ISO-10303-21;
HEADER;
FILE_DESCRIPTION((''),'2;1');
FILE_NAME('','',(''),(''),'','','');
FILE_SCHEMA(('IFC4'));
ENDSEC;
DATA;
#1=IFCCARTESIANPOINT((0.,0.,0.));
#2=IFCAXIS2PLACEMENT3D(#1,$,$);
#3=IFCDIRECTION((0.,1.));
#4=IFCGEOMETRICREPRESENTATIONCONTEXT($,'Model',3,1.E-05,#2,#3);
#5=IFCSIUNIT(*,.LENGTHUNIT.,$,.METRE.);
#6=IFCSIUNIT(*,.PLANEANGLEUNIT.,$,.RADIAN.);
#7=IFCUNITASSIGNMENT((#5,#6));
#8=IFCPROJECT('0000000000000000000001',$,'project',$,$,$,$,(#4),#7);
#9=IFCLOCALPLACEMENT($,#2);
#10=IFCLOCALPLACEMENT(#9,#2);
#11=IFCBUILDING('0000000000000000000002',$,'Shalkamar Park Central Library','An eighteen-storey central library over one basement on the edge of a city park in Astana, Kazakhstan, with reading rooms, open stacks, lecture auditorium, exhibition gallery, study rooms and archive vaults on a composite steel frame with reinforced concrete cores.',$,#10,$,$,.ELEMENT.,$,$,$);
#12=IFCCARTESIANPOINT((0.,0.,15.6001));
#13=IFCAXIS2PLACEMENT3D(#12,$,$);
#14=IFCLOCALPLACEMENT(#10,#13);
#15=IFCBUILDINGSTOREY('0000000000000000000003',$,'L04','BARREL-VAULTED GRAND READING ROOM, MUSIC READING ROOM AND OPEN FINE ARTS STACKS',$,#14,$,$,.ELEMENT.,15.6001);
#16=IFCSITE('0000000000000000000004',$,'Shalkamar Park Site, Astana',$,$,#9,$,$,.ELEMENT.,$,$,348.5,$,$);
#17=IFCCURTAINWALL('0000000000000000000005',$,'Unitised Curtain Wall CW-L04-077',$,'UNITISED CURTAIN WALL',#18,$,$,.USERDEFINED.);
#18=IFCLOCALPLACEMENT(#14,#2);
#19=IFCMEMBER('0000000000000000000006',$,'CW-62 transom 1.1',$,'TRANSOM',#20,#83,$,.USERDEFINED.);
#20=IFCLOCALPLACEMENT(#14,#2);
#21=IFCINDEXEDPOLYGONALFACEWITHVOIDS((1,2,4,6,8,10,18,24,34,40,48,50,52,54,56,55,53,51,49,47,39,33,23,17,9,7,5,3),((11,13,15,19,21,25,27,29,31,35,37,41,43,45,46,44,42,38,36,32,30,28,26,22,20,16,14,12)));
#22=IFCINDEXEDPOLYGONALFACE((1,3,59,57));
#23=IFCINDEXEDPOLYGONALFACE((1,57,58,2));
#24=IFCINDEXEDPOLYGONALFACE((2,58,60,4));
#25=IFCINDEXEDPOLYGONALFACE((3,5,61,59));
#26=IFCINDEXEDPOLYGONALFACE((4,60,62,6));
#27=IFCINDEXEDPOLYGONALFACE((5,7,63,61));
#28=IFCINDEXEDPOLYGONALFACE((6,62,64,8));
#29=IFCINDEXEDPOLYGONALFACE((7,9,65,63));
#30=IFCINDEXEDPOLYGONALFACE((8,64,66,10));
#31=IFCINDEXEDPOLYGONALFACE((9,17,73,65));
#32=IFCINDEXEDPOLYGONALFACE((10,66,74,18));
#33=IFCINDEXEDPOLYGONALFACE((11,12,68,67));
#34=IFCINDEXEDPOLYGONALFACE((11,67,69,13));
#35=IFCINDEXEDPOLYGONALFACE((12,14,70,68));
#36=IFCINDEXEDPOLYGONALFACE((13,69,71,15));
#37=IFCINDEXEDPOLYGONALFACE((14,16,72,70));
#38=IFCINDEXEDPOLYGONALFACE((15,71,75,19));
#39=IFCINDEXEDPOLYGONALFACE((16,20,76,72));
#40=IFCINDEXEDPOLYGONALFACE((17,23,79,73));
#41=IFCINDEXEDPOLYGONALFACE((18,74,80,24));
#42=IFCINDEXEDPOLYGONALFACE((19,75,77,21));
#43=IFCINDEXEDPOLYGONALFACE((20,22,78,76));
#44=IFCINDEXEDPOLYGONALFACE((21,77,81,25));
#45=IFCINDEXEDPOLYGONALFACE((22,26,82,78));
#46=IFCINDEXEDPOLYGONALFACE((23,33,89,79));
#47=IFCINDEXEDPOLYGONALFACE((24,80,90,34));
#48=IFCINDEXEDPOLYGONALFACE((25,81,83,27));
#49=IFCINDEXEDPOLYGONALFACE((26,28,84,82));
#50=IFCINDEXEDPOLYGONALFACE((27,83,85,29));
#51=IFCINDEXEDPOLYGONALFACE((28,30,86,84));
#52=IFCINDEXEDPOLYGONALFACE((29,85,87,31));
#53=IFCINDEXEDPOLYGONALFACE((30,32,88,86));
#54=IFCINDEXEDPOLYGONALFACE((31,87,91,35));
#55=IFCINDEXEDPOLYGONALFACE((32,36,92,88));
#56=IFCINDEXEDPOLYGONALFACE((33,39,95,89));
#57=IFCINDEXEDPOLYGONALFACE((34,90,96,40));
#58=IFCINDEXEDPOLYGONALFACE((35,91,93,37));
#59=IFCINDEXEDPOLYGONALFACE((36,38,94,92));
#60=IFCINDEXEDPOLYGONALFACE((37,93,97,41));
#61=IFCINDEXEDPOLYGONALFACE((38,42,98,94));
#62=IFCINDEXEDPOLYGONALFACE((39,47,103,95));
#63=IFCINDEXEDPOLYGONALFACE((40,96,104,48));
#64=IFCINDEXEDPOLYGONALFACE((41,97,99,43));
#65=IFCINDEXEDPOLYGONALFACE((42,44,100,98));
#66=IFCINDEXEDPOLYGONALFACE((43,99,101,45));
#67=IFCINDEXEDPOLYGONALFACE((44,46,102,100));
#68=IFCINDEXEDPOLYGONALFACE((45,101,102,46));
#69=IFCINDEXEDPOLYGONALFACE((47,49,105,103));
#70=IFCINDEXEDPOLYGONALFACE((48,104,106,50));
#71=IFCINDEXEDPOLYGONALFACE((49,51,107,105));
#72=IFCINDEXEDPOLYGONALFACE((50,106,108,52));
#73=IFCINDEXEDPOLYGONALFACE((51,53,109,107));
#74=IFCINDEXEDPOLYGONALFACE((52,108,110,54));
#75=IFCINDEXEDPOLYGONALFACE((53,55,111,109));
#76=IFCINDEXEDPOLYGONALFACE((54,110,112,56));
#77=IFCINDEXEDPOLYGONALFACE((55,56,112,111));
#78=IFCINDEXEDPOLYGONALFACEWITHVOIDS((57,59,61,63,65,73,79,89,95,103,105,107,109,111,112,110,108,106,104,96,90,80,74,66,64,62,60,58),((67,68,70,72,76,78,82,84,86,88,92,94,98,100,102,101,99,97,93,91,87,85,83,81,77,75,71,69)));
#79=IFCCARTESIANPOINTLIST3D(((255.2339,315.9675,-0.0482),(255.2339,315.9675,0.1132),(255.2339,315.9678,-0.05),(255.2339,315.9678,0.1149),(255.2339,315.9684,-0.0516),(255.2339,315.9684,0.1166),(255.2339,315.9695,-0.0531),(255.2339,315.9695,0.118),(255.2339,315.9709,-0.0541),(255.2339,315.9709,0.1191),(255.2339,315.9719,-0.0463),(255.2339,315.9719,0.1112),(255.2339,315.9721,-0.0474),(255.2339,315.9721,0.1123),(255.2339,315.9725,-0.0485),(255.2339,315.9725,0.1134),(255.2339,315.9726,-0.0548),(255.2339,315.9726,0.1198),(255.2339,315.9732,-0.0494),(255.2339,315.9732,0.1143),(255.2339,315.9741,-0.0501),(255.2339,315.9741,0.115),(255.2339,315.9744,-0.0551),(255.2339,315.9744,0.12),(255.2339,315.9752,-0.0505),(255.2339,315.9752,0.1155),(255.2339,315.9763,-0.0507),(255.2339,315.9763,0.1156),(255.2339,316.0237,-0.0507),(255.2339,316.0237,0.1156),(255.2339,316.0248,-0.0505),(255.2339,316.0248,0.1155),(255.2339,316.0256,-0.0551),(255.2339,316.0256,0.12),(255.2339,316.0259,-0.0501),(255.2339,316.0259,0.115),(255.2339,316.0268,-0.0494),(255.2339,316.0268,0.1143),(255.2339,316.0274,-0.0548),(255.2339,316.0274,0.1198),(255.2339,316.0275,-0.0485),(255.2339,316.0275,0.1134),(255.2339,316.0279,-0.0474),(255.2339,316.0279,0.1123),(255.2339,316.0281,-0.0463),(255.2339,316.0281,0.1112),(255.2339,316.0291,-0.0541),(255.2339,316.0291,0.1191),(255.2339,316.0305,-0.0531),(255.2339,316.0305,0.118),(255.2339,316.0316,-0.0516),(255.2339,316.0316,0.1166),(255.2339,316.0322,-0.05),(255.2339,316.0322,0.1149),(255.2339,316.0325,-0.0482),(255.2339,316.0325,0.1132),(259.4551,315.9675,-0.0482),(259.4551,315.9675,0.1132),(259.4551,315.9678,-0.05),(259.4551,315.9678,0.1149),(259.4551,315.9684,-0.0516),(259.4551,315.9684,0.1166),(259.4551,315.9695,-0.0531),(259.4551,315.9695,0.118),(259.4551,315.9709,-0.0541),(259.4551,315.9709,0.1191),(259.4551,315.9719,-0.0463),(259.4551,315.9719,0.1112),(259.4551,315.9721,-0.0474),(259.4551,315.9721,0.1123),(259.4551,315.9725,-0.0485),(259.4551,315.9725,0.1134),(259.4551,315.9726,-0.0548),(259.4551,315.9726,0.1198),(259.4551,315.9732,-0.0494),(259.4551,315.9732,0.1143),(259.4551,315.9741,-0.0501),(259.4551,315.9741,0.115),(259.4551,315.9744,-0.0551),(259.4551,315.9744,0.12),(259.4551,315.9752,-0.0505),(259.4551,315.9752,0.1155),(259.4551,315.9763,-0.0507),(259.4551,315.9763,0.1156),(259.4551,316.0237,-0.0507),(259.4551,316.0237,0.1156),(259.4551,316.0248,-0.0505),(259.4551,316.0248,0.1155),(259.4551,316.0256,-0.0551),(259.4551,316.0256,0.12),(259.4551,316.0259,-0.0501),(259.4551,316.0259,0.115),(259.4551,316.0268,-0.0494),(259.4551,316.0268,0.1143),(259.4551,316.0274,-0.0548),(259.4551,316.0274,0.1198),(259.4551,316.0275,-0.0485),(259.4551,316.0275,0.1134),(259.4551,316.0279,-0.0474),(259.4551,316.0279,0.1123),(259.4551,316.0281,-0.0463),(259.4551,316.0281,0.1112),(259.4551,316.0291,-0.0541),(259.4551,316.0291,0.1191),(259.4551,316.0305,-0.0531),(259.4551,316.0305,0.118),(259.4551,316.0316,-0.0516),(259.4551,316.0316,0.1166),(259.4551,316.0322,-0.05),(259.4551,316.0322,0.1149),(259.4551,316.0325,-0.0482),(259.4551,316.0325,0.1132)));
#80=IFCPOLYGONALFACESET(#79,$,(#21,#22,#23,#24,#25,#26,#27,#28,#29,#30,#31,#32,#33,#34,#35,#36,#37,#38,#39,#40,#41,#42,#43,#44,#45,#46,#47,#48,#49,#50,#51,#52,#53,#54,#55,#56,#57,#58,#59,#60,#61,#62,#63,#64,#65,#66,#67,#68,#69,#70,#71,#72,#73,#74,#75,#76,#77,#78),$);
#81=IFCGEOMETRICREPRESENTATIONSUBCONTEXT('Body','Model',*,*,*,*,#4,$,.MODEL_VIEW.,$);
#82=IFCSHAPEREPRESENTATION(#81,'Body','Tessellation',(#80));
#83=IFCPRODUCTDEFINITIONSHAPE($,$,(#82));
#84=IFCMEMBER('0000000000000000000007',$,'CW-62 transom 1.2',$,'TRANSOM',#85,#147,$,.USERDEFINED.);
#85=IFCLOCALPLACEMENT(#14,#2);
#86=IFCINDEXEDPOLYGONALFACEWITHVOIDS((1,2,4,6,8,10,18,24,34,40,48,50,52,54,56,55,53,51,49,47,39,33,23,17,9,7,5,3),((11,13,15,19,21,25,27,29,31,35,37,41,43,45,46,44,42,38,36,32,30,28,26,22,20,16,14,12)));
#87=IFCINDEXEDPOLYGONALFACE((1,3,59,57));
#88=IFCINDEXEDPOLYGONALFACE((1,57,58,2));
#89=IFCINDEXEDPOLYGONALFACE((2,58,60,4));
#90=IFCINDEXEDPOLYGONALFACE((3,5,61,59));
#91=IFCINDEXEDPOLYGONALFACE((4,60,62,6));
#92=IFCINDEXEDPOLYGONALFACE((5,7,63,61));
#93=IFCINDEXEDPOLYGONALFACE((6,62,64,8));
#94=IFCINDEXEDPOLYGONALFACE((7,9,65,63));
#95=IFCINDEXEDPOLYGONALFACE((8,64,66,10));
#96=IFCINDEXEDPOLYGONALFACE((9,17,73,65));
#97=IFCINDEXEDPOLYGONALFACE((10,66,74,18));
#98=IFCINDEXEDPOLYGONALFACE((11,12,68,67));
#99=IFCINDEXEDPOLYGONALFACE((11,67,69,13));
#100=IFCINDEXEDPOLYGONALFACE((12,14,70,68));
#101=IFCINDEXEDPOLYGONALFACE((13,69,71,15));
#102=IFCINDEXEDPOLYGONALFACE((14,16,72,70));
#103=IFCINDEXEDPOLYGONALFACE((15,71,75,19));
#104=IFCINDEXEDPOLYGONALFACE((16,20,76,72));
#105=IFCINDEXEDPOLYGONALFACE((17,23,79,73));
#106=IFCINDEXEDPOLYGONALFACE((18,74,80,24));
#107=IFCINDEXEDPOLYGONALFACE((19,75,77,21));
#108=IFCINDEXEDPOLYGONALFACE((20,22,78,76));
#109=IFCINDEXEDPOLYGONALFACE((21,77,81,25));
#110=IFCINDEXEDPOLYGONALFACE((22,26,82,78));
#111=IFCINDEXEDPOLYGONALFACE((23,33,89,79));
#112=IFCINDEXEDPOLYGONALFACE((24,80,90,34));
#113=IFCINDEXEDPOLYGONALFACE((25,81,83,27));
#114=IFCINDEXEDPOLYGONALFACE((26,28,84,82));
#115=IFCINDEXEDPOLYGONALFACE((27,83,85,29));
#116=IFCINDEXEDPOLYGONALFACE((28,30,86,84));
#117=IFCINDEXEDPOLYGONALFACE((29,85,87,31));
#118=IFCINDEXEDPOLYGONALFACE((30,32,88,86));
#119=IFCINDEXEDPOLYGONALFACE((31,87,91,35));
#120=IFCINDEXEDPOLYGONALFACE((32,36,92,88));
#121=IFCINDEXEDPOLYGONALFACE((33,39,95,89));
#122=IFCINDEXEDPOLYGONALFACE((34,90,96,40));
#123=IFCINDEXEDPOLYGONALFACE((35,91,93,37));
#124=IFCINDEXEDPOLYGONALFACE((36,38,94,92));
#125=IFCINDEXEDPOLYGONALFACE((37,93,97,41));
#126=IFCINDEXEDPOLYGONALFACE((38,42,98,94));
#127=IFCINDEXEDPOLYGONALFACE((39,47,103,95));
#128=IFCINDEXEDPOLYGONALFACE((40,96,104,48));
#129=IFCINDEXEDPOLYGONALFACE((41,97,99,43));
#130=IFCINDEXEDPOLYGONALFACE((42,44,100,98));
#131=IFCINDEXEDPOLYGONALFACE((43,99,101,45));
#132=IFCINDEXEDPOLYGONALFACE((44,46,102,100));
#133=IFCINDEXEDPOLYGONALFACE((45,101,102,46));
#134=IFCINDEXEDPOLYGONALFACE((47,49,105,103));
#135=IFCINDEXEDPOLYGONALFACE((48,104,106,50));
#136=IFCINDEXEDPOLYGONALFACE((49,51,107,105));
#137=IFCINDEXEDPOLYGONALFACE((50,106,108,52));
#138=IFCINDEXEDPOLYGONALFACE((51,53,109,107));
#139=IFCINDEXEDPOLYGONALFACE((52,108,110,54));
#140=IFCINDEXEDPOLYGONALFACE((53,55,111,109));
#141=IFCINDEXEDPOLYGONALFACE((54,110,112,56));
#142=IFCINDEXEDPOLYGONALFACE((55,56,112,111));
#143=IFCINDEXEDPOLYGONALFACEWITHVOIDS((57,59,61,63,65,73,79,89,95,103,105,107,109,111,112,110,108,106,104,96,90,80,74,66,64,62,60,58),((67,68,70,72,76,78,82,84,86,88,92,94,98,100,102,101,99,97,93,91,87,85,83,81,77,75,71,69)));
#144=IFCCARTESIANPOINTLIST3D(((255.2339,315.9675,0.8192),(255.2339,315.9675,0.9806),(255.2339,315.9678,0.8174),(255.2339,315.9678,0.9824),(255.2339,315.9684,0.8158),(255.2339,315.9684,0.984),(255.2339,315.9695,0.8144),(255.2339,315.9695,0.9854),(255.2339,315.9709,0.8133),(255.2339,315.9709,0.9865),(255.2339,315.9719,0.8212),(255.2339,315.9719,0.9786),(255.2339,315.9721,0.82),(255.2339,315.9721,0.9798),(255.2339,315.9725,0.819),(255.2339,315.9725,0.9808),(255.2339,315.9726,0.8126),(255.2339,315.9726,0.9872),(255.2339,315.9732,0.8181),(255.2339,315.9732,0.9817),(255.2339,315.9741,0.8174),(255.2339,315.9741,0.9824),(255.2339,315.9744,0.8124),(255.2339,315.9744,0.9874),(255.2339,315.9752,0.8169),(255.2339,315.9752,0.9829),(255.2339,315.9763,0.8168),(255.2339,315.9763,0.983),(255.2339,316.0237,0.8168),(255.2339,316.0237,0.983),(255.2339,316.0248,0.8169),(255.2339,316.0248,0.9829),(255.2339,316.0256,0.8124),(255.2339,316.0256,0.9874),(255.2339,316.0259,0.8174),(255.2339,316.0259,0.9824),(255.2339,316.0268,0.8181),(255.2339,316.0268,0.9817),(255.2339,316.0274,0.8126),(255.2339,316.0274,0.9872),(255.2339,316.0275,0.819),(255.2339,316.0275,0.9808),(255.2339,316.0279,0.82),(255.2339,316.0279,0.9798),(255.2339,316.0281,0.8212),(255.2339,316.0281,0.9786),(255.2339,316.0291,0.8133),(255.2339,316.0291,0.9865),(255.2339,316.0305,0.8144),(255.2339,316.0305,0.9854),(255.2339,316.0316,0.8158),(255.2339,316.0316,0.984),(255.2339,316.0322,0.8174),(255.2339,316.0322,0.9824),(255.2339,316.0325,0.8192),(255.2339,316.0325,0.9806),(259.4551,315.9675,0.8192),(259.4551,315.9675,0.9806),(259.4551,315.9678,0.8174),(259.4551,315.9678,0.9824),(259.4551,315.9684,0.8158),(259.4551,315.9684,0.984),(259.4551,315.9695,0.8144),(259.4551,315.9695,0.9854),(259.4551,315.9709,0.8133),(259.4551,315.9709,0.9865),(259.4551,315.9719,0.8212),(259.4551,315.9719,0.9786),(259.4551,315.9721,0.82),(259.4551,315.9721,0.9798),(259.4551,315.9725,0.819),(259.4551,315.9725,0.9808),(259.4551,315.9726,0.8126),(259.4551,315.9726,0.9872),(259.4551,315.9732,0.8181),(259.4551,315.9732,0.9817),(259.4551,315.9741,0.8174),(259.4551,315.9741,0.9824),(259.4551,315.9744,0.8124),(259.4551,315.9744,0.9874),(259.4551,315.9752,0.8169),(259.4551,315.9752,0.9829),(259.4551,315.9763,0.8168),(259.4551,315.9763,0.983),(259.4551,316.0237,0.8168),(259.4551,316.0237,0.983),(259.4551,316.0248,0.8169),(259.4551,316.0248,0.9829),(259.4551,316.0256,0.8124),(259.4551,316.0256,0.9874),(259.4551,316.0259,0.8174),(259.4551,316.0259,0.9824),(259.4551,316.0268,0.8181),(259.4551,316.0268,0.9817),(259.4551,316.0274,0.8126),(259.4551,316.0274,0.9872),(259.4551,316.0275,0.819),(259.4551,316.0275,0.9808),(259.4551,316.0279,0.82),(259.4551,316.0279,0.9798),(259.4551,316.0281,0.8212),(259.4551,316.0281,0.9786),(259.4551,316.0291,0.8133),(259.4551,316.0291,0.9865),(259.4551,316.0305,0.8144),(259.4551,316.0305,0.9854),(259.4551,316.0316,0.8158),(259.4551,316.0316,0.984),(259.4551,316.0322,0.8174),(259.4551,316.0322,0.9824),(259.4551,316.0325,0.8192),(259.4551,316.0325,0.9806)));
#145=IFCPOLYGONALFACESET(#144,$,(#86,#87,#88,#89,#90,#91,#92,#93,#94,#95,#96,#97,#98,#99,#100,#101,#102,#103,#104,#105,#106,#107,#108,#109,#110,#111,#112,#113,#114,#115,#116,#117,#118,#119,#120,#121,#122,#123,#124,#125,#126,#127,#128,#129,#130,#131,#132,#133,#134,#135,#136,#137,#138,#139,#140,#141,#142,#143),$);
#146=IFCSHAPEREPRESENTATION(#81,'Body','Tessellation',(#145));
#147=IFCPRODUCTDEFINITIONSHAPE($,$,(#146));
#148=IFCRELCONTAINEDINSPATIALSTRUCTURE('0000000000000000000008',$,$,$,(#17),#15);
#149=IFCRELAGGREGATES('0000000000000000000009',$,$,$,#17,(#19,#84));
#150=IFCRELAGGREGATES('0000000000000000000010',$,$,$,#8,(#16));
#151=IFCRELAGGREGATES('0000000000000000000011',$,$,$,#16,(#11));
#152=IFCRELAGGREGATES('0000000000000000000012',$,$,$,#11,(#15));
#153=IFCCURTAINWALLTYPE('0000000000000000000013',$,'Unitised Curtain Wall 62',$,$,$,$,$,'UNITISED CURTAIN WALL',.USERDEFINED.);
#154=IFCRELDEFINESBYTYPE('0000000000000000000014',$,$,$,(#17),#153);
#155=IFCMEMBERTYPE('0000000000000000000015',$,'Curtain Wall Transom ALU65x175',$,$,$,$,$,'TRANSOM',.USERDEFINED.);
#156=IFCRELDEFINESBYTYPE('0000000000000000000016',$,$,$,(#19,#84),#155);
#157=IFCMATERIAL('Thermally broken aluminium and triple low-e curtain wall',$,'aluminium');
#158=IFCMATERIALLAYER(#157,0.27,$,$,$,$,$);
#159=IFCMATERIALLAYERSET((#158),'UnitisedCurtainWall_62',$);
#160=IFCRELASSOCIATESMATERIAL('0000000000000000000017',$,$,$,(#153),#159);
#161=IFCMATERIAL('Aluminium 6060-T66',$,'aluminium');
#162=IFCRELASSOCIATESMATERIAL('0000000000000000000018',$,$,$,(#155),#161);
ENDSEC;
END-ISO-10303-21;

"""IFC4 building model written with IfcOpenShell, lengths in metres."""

from ifc_helpers import new_model, si_unit, direction, frame, origin, origin_2d, place, context, subcontext, project, spatial, hollow_rectangle, extrude, material, layer, layer_set, material_profile, profile_set, type_object, element, aggregate, save


model = new_model("IFC4")

# Units and contexts
model_context = context("Model", 3, precision=1e-05, world=origin(), true_north=direction((0.0, 1.0)))
body_context = subcontext(model_context, "Body", "Model", "MODEL_VIEW")
ifc_project = project(units=[si_unit("LENGTHUNIT", "METRE"), si_unit("PLANEANGLEUNIT", "RADIAN")], contexts=[model_context])

# Site, building, storey
site_placement = place(None, origin())
site = spatial("IfcSite", under=ifc_project, at=site_placement, Name="Shalkamar Park Site, Astana", CompositionType="ELEMENT", RefElevation=348.5)
building_placement = place(site_placement, origin())
building = spatial("IfcBuilding", under=site, at=building_placement, Name="Shalkamar Park Central Library", Description="An eighteen-storey central library over one basement on the edge of a city park in Astana, Kazakhstan, with reading rooms, open stacks, lecture auditorium, exhibition gallery, study rooms and archive vaults on a composite steel frame with reinforced concrete cores.", CompositionType="ELEMENT")
storey_placement = place(building_placement, frame((0.0, 0.0, 15.6001)))
storey = spatial("IfcBuildingStorey", under=building, at=storey_placement, Name="L04", Description="BARREL-VAULTED GRAND READING ROOM, MUSIC READING ROOM AND OPEN FINE ARTS STACKS", CompositionType="ELEMENT", Elevation=15.6001)

# Shared definitions
ifc_material_1 = material(Name="Thermally broken aluminium and triple low-e curtain wall", Category="aluminium")
ifc_material_2 = material(Name="Aluminium 6060-T66", Category="aluminium")

# Curtain wall
ifc_layer_1 = layer(ifc_material_1, 0.27)
ifc_layer_set_1 = layer_set([ifc_layer_1], Name="UnitisedCurtainWall_62")
curtain_wall_type_1 = type_object("IfcCurtainWallType", Name="Unitised Curtain Wall 62", ElementType="UNITISED CURTAIN WALL", PredefinedType="USERDEFINED", material=ifc_layer_set_1)
curtain_wall_1_placement = place(storey_placement, origin())
curtain_wall_1 = element("IfcCurtainWall", 1, at=curtain_wall_1_placement, inside=storey, type_object=curtain_wall_type_1, Name="Unitised Curtain Wall CW-L04-077", ObjectType="UNITISED CURTAIN WALL", PredefinedType="USERDEFINED")

# Members
ifc_material_profile_1 = material_profile(ifc_material_2, hollow_rectangle(XDim=0.0649, YDim=0.175, WallThickness=0.0044, InnerFilletRadius=0.0044, OuterFilletRadius=0.0068, at=origin_2d()), Name="ALU 65x175x4.5")
ifc_profile_set_1 = profile_set([ifc_material_profile_1], Name="Aluminium 6060-T66")
member_type_1 = type_object("IfcMemberType", Name="Curtain Wall Transom ALU65x175", ElementType="TRANSOM", PredefinedType="USERDEFINED", material=ifc_profile_set_1)
member_1_placement = place(storey_placement, frame((255.2339, 316.0, 0.0325), z_axis=(1.0, 0.0, 0.0), x_axis=(0.0, 1.0, 0.0)))
member_1 = element("IfcMember", 2, at=member_1_placement, type_object=member_type_1, Name="CW-62 transom 1.1", ObjectType="TRANSOM", PredefinedType="USERDEFINED", context=body_context, shape_type="SweptSolid", body=[
    extrude(hollow_rectangle(XDim=0.0649, YDim=0.175, WallThickness=0.0044, InnerFilletRadius=0.0044, OuterFilletRadius=0.0068, at=origin_2d()), origin(), (0.0, 0.0, 1.0), 4.2212),
])
member_2_placement = place(storey_placement, frame((255.2339, 316.0, 0.8999), z_axis=(1.0, 0.0, 0.0), x_axis=(0.0, 1.0, 0.0)))
member_2 = element("IfcMember", 3, at=member_2_placement, type_object=member_type_1, Name="CW-62 transom 1.2", ObjectType="TRANSOM", PredefinedType="USERDEFINED", context=body_context, shape_type="SweptSolid", body=[
    extrude(hollow_rectangle(XDim=0.0649, YDim=0.175, WallThickness=0.0044, InnerFilletRadius=0.0044, OuterFilletRadius=0.0068, at=origin_2d()), origin(), (0.0, 0.0, 1.0), 4.2212),
])

aggregate(curtain_wall_1, [member_1, member_2])

save(model, "model.ifc")
